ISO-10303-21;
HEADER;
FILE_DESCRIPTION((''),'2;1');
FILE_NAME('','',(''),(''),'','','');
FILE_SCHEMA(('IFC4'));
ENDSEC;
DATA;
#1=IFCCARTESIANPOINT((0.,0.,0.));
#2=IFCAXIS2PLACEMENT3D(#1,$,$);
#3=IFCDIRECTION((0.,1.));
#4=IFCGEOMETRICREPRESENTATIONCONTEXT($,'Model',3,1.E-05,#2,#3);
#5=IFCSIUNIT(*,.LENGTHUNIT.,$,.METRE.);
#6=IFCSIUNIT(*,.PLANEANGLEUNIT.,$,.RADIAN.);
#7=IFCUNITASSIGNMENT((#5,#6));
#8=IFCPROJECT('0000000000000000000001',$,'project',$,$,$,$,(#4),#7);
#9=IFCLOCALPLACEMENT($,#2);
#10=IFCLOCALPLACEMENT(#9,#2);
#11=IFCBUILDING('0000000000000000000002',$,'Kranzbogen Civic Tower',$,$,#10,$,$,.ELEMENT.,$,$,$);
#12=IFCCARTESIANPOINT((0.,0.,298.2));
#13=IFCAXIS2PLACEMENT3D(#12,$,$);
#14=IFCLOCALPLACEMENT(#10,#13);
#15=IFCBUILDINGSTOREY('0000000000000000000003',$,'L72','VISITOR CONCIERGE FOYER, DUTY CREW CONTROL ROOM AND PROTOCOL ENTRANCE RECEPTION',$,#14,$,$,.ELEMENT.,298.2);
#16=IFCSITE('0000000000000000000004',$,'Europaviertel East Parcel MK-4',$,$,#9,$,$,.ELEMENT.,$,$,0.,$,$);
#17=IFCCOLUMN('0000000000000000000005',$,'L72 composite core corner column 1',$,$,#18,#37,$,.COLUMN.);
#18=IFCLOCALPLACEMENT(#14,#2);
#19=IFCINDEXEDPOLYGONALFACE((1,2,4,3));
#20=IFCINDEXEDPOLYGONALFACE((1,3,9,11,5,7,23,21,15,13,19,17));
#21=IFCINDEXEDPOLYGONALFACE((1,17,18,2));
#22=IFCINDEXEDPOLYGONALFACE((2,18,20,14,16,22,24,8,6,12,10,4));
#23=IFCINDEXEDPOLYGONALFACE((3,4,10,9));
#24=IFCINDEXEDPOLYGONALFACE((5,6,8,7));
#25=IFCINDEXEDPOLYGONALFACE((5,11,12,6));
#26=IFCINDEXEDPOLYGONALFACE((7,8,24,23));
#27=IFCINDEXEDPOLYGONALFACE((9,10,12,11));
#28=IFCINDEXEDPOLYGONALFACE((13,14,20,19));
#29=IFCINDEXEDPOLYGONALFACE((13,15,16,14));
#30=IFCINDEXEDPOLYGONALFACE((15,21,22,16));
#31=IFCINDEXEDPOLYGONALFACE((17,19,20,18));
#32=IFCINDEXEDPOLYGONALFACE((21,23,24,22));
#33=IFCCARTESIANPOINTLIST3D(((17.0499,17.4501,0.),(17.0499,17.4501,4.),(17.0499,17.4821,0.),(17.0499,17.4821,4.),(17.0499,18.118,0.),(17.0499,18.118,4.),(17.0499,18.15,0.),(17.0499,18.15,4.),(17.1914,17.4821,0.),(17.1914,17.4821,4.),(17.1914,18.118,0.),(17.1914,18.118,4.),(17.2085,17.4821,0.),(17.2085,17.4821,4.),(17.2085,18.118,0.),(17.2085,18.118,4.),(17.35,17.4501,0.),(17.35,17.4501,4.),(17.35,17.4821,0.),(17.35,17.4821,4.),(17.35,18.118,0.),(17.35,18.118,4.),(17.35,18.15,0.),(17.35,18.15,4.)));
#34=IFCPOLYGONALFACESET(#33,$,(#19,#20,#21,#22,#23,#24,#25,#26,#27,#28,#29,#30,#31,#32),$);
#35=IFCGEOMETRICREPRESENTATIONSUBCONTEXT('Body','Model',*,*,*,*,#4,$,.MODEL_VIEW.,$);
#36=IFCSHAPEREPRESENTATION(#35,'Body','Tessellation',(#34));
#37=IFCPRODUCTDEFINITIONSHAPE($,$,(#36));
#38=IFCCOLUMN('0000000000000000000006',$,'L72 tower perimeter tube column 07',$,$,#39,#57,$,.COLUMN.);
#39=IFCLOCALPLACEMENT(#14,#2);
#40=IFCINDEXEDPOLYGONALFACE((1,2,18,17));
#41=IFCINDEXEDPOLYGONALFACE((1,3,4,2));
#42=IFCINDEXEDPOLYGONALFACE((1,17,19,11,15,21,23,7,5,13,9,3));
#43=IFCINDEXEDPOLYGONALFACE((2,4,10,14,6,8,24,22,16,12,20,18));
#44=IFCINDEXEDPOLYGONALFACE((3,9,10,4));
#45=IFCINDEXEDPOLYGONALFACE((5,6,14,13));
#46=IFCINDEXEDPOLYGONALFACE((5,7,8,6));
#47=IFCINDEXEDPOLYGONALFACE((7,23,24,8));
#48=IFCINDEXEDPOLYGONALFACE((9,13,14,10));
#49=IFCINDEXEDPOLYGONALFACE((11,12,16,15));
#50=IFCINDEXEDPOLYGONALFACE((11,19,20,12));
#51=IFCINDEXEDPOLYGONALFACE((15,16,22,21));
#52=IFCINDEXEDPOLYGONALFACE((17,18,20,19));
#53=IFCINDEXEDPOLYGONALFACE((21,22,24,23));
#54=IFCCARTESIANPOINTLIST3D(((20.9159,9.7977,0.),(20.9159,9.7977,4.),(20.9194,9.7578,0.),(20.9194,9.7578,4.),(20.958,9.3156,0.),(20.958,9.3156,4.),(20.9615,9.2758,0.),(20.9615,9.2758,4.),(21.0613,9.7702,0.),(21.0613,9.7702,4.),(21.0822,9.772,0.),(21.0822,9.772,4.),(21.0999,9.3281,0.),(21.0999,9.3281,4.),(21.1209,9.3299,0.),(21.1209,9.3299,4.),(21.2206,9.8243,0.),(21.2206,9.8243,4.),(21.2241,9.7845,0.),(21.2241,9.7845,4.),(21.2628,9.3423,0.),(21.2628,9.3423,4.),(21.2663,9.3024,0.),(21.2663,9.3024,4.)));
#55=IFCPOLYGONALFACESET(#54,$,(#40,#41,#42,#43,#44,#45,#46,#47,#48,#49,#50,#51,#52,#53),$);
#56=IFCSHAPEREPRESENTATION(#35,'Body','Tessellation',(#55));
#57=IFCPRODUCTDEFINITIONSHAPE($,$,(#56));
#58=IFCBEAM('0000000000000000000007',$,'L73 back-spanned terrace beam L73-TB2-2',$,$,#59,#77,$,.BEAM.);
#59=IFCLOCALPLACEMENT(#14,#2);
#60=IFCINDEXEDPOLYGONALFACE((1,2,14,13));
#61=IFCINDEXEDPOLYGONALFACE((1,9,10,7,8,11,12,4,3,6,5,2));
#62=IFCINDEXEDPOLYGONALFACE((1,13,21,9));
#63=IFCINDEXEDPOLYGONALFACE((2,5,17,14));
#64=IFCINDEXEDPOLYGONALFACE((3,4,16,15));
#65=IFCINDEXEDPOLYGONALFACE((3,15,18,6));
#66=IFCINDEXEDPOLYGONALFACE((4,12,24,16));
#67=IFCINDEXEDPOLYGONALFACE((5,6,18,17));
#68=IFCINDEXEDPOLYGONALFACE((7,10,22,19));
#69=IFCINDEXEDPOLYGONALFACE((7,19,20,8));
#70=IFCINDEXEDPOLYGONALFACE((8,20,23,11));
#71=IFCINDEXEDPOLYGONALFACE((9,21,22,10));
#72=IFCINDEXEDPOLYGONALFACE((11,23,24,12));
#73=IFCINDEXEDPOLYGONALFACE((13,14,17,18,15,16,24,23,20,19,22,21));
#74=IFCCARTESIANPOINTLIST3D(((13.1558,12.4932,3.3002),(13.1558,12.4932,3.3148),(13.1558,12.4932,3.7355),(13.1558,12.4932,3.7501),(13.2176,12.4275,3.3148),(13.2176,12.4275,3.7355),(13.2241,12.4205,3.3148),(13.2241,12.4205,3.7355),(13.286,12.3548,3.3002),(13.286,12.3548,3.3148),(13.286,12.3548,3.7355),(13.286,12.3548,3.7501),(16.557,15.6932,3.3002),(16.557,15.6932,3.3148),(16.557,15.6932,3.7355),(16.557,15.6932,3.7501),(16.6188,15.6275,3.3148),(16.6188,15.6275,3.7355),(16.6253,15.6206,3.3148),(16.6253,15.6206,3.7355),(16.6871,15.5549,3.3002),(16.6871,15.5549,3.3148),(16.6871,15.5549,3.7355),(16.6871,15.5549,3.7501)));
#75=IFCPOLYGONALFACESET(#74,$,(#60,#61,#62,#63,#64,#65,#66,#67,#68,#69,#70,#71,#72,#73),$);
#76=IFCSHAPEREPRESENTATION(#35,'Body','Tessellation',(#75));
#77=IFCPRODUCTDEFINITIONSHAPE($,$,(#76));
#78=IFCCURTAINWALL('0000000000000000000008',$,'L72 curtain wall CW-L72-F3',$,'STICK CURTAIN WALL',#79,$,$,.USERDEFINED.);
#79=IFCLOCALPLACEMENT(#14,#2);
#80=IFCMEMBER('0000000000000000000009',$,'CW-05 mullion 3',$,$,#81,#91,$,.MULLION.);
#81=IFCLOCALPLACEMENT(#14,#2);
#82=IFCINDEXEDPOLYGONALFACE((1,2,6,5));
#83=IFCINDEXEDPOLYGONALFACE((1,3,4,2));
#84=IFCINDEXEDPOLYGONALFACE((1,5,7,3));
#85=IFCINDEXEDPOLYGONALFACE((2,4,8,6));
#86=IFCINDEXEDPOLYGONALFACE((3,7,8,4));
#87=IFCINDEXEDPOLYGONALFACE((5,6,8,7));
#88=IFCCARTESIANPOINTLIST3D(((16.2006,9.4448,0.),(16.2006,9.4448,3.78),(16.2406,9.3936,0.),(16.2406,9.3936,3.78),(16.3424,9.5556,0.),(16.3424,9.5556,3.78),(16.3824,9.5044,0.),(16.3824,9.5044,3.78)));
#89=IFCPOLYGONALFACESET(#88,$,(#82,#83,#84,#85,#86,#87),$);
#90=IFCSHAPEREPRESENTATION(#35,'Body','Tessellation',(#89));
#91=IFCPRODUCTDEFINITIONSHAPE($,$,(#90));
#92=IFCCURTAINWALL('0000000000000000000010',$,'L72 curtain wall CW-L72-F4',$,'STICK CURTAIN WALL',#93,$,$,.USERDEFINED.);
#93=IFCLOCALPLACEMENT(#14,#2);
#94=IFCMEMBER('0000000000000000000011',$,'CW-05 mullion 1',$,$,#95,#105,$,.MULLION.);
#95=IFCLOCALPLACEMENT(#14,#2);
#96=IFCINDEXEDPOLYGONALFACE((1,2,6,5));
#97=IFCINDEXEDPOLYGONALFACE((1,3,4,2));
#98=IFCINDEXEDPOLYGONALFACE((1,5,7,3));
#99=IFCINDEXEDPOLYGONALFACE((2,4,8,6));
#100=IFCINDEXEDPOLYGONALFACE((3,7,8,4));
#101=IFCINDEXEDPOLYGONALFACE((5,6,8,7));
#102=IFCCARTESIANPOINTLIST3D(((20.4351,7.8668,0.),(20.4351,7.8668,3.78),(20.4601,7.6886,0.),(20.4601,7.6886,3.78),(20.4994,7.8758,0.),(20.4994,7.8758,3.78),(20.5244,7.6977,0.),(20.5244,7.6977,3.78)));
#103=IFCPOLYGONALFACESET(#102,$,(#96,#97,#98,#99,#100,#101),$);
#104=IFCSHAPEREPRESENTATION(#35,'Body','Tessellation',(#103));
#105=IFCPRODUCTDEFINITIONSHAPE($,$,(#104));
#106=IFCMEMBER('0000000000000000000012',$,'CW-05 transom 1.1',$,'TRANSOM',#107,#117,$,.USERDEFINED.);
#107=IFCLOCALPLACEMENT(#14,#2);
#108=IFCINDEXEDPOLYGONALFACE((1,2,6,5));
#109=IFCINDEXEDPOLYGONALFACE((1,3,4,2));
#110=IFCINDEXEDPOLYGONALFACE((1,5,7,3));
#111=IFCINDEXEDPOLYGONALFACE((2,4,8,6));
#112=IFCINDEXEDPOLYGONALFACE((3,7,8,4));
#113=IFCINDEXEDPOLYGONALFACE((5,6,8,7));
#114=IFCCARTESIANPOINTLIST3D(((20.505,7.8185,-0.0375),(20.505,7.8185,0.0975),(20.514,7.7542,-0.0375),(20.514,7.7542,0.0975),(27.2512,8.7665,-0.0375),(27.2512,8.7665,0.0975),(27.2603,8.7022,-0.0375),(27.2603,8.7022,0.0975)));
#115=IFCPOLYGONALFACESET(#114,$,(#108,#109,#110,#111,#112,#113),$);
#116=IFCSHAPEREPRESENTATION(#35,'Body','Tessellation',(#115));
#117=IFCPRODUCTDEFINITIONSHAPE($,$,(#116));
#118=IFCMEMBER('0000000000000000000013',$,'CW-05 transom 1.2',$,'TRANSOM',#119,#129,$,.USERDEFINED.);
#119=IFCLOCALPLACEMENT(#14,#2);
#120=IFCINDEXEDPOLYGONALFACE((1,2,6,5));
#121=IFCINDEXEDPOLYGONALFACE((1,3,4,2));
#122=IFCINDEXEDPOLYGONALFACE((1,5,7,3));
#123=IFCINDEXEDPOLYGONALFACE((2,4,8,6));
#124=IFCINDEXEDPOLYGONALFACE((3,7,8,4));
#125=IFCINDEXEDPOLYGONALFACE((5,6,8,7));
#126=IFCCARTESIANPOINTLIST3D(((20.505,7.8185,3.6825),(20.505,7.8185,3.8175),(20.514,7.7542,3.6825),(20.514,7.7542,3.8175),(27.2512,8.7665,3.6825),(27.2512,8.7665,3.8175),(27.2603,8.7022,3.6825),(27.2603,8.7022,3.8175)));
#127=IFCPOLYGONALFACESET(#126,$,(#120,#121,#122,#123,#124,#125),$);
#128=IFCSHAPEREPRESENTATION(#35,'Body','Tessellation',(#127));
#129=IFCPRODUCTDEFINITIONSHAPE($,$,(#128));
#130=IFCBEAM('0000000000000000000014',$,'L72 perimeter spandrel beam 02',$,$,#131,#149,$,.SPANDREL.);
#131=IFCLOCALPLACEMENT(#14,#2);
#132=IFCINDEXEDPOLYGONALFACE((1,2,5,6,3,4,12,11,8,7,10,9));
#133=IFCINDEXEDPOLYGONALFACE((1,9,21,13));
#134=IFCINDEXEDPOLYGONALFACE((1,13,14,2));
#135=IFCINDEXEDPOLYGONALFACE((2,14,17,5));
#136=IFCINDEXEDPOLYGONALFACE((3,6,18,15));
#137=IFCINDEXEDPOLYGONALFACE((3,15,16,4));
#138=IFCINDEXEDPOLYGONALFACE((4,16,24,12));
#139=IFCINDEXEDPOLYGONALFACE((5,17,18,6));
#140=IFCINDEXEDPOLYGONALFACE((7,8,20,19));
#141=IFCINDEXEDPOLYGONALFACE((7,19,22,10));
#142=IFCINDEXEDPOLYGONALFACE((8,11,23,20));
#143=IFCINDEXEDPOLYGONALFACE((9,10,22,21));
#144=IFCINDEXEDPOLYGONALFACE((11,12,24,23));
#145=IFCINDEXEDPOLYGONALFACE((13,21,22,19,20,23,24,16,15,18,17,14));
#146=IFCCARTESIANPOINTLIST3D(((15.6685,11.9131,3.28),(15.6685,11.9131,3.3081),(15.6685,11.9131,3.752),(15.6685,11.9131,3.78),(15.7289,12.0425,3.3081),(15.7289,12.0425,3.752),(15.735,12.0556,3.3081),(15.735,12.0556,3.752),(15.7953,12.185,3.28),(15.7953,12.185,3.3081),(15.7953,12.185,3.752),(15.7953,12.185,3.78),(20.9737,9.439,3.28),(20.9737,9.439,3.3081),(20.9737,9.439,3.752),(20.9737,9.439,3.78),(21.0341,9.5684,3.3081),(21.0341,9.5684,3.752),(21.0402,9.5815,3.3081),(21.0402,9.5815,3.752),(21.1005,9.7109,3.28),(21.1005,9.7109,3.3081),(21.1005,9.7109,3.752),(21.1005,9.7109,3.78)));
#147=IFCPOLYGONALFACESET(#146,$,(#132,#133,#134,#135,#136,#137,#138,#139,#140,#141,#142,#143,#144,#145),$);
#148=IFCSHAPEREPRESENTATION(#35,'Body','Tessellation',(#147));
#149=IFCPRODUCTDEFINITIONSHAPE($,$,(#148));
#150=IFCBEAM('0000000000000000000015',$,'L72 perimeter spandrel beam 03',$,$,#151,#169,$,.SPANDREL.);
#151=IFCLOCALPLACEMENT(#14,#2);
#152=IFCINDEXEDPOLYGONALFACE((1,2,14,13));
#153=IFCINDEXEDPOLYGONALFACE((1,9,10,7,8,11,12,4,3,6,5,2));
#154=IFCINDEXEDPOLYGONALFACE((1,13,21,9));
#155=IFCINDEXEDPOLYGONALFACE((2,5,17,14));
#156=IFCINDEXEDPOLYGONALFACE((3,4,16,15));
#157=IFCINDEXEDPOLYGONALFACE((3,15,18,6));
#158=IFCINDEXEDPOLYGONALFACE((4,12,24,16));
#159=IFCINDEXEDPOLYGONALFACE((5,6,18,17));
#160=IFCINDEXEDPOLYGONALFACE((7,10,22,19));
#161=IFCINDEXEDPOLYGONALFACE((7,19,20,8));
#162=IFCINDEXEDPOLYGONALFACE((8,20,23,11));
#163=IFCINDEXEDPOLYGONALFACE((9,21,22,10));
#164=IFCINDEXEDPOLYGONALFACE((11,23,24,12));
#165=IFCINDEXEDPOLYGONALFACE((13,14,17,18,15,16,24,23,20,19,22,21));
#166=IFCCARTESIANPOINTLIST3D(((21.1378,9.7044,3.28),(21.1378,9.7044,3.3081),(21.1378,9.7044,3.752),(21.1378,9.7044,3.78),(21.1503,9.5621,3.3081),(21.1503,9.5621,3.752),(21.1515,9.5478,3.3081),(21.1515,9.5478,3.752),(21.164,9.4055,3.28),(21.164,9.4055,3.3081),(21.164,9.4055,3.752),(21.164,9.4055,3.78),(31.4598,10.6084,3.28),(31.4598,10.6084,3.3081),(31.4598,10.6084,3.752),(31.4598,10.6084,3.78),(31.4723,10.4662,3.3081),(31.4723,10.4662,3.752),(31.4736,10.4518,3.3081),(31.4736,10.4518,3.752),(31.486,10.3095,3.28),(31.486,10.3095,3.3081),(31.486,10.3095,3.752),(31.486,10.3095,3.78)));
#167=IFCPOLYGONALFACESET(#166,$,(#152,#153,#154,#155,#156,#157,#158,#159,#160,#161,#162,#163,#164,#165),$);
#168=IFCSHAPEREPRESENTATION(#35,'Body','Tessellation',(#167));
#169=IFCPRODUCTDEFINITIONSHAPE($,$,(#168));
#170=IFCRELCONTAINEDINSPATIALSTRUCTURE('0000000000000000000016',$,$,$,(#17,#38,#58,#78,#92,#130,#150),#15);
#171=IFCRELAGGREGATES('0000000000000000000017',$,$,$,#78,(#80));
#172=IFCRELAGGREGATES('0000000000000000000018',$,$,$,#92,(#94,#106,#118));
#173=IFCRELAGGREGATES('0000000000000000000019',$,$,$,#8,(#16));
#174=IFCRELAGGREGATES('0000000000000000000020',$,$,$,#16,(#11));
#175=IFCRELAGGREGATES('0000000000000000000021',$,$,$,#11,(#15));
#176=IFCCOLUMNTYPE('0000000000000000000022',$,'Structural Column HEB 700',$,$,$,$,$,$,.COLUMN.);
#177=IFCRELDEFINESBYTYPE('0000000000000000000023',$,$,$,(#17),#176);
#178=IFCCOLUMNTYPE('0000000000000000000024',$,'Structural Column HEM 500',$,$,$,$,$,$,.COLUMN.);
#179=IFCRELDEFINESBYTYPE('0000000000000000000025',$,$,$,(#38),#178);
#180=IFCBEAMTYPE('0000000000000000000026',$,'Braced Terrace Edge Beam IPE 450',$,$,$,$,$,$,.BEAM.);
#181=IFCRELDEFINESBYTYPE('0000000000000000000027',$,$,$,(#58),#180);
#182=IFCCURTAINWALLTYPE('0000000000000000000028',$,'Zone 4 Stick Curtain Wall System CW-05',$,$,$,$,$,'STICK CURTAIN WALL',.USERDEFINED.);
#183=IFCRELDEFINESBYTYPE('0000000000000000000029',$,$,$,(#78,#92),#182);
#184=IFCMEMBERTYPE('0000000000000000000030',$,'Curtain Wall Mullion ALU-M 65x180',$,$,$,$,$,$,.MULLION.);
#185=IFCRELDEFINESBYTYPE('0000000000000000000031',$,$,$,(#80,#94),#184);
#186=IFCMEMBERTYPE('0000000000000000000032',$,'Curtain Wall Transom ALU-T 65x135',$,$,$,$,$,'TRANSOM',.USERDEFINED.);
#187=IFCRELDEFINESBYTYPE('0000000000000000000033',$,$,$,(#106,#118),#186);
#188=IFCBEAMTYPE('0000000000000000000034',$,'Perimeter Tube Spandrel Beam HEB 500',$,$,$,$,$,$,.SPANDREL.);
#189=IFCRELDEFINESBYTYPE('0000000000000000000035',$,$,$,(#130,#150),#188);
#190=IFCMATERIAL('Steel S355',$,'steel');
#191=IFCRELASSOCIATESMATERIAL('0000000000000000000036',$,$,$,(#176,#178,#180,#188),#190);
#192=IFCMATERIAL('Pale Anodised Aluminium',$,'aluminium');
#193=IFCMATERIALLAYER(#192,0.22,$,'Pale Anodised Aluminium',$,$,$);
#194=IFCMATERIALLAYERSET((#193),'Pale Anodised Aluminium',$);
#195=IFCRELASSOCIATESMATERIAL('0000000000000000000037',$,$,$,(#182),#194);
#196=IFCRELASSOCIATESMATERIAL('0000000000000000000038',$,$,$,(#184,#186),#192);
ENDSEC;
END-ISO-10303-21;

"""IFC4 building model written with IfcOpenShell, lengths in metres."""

from ifc_helpers import new_model, si_unit, direction, frame, origin, origin_2d, place, context, subcontext, project, spatial, rectangle, i_section, extrude, material, layer, layer_set, material_profile, profile_set, type_object, element, aggregate, save


model = new_model("IFC4")

# Units and contexts
model_context = context("Model", 3, precision=1e-05, world=origin(), true_north=direction((0.0, 1.0)))
body_context = subcontext(model_context, "Body", "Model", "MODEL_VIEW")
ifc_project = project(units=[si_unit("LENGTHUNIT", "METRE"), si_unit("PLANEANGLEUNIT", "RADIAN")], contexts=[model_context])

# Site, building, storey
site_placement = place(None, origin())
site = spatial("IfcSite", under=ifc_project, at=site_placement, Name="Europaviertel East Parcel MK-4", CompositionType="ELEMENT", RefElevation=0.0)
building_placement = place(site_placement, origin())
building = spatial("IfcBuilding", under=site, at=building_placement, Name="Kranzbogen Civic Tower", CompositionType="ELEMENT")
storey_placement = place(building_placement, frame((0.0, 0.0, 298.2)))
storey = spatial("IfcBuildingStorey", under=building, at=storey_placement, Name="L72", Description="VISITOR CONCIERGE FOYER, DUTY CREW CONTROL ROOM AND PROTOCOL ENTRANCE RECEPTION", CompositionType="ELEMENT", Elevation=298.2)

# Columns
ifc_material_1 = material(Name="Steel S355", Category="steel")
ifc_material_profile_1 = material_profile(ifc_material_1, i_section(OverallWidth=0.3, OverallDepth=0.7, WebThickness=0.0171, FlangeThickness=0.032, at=origin_2d()), Name="HEB 700")
ifc_profile_set_1 = profile_set([ifc_material_profile_1], Name="Steel S355")
column_type_1 = type_object("IfcColumnType", Name="Structural Column HEB 700", PredefinedType="COLUMN", material=ifc_profile_set_1)
column_1_placement = place(storey_placement, frame((17.2, 17.8, 0.0), z_axis=(0.0, 0.0, 1.0), x_axis=(1.0, 0.0, 0.0)))
element("IfcColumn", 1, at=column_1_placement, inside=storey, type_object=column_type_1, Name="L72 composite core corner column 1", PredefinedType="COLUMN", context=body_context, shape_type="SweptSolid", body=[
    extrude(i_section(OverallWidth=0.3, OverallDepth=0.7, WebThickness=0.0171, FlangeThickness=0.032, at=origin_2d()), origin(), (0.0, 0.0, 1.0), 4.0),
])
ifc_material_profile_2 = material_profile(ifc_material_1, i_section(OverallWidth=0.3059, OverallDepth=0.5239, WebThickness=0.021, FlangeThickness=0.04, at=origin_2d()), Name="HEM 500")
ifc_profile_set_2 = profile_set([ifc_material_profile_2], Name="Steel S355")
column_type_2 = type_object("IfcColumnType", Name="Structural Column HEM 500", PredefinedType="COLUMN", material=ifc_profile_set_2)
column_2_placement = place(storey_placement, frame((21.0911, 9.55, 0.0), z_axis=(0.0, 0.0, 1.0), x_axis=(0.996195, 0.087156, 0.0)))
element("IfcColumn", 2, at=column_2_placement, inside=storey, type_object=column_type_2, Name="L72 tower perimeter tube column 07", PredefinedType="COLUMN", context=body_context, shape_type="SweptSolid", body=[
    extrude(i_section(OverallWidth=0.3059, OverallDepth=0.5239, WebThickness=0.021, FlangeThickness=0.04, at=origin_2d()), origin(), (0.0, 0.0, 1.0), 4.0),
])

# Beam
ifc_material_profile_3 = material_profile(ifc_material_1, i_section(OverallWidth=0.1899, OverallDepth=0.45, WebThickness=0.0095, FlangeThickness=0.0146, at=origin_2d()), Name="IPE 450")
ifc_profile_set_3 = profile_set([ifc_material_profile_3], Name="Steel S355")
beam_type_1 = type_object("IfcBeamType", Name="Braced Terrace Edge Beam IPE 450", PredefinedType="BEAM", material=ifc_profile_set_3)
beam_1_placement = place(storey_placement, frame((16.6221, 15.624, 3.5251), z_axis=(-0.728318, -0.685239, 0.0), x_axis=(0.685239, -0.728318, 0.0)))
element("IfcBeam", 3, at=beam_1_placement, inside=storey, type_object=beam_type_1, Name="L73 back-spanned terrace beam L73-TB2-2", PredefinedType="BEAM", context=body_context, shape_type="SweptSolid", body=[
    extrude(i_section(OverallWidth=0.1899, OverallDepth=0.45, WebThickness=0.0095, FlangeThickness=0.0146, at=origin_2d()), origin(), (0.0, 0.0, 1.0), 4.6699),
])

# Curtain wall, member
ifc_material_2 = material(Name="Pale Anodised Aluminium", Category="aluminium")
ifc_layer_1 = layer(ifc_material_2, 0.22, Name="Pale Anodised Aluminium")
ifc_layer_set_1 = layer_set([ifc_layer_1], Name="Pale Anodised Aluminium")
curtain_wall_type = type_object("IfcCurtainWallType", Name="Zone 4 Stick Curtain Wall System CW-05", ElementType="STICK CURTAIN WALL", PredefinedType="USERDEFINED", material=ifc_layer_set_1)
curtain_wall_1_placement = place(storey_placement, origin())
curtain_wall_1 = element("IfcCurtainWall", 4, at=curtain_wall_1_placement, inside=storey, type_object=curtain_wall_type, Name="L72 curtain wall CW-L72-F3", ObjectType="STICK CURTAIN WALL", PredefinedType="USERDEFINED")
ifc_material_profile_4 = material_profile(ifc_material_2, rectangle(XDim=0.0649, YDim=0.1799, at=origin_2d()), Name="ALU-M 65x180")
ifc_profile_set_4 = profile_set([ifc_material_profile_4], Name="Pale Anodised Aluminium")
member_type_1 = type_object("IfcMemberType", Name="Curtain Wall Mullion ALU-M 65x180", PredefinedType="MULLION", material=ifc_profile_set_4)
member_1_placement = place(storey_placement, frame((16.2915, 9.4746, 0.0), z_axis=(0.0, 0.0, 1.0), x_axis=(0.615679, -0.787997, 0.0)))
member_1 = element("IfcMember", 5, at=member_1_placement, type_object=member_type_1, Name="CW-05 mullion 3", PredefinedType="MULLION", context=body_context, shape_type="SweptSolid", body=[
    extrude(rectangle(XDim=0.0649, YDim=0.1799, at=origin_2d()), origin(), (0.0, 0.0, 1.0), 3.78),
])
aggregate(curtain_wall_1, [member_1])

# Curtain wall, members
curtain_wall_2_placement = place(storey_placement, origin())
curtain_wall_2 = element("IfcCurtainWall", 6, at=curtain_wall_2_placement, inside=storey, type_object=curtain_wall_type, Name="L72 curtain wall CW-L72-F4", ObjectType="STICK CURTAIN WALL", PredefinedType="USERDEFINED")
member_2_placement = place(storey_placement, frame((20.4797, 7.7822, 0.0), z_axis=(0.0, 0.0, 1.0), x_axis=(0.990271, 0.139149, 0.0)))
member_2 = element("IfcMember", 7, at=member_2_placement, type_object=member_type_1, Name="CW-05 mullion 1", PredefinedType="MULLION", context=body_context, shape_type="SweptSolid", body=[
    extrude(rectangle(XDim=0.0649, YDim=0.1799, at=origin_2d()), origin(), (0.0, 0.0, 1.0), 3.78),
])
ifc_material_profile_5 = material_profile(ifc_material_2, rectangle(XDim=0.0649, YDim=0.135, at=origin_2d()), Name="ALU-T 65x135")
ifc_profile_set_5 = profile_set([ifc_material_profile_5], Name="Pale Anodised Aluminium")
member_type_2 = type_object("IfcMemberType", Name="Curtain Wall Transom ALU-T 65x135", ElementType="TRANSOM", PredefinedType="USERDEFINED", material=ifc_profile_set_5)
member_3_placement = place(storey_placement, frame((20.5095, 7.7864, 0.03), z_axis=(0.990271, 0.139153, 0.0), x_axis=(-0.139153, 0.990271, 0.0)))
member_3 = element("IfcMember", 8, at=member_3_placement, type_object=member_type_2, Name="CW-05 transom 1.1", ObjectType="TRANSOM", PredefinedType="USERDEFINED", context=body_context, shape_type="SweptSolid", body=[
    extrude(rectangle(XDim=0.0649, YDim=0.135, at=origin_2d()), origin(), (0.0, 0.0, 1.0), 6.8125),
])
member_4_placement = place(storey_placement, frame((20.5095, 7.7864, 3.75), z_axis=(0.990271, 0.139153, 0.0), x_axis=(-0.139153, 0.990271, 0.0)))
member_4 = element("IfcMember", 9, at=member_4_placement, type_object=member_type_2, Name="CW-05 transom 1.2", ObjectType="TRANSOM", PredefinedType="USERDEFINED", context=body_context, shape_type="SweptSolid", body=[
    extrude(rectangle(XDim=0.0649, YDim=0.135, at=origin_2d()), origin(), (0.0, 0.0, 1.0), 6.8125),
])

# Beams
ifc_material_profile_6 = material_profile(ifc_material_1, i_section(OverallWidth=0.3, OverallDepth=0.5, WebThickness=0.0144, FlangeThickness=0.0281, at=origin_2d()), Name="HEB 500")
ifc_profile_set_6 = profile_set([ifc_material_profile_6], Name="Steel S355")
beam_type_2 = type_object("IfcBeamType", Name="Perimeter Tube Spandrel Beam HEB 500", PredefinedType="SPANDREL", material=ifc_profile_set_6)
beam_2_placement = place(storey_placement, frame((15.7319, 12.0491, 3.53), z_axis=(0.90629, -0.422657, 0.0), x_axis=(0.422657, 0.90629, 0.0)))
element("IfcBeam", 10, at=beam_2_placement, inside=storey, type_object=beam_type_2, Name="L72 perimeter spandrel beam 02", PredefinedType="SPANDREL", context=body_context, shape_type="SweptSolid", body=[
    extrude(i_section(OverallWidth=0.3, OverallDepth=0.5, WebThickness=0.0144, FlangeThickness=0.0281, at=origin_2d()), origin(), (0.0, 0.0, 1.0), 5.8538),
])
beam_3_placement = place(storey_placement, frame((21.1509, 9.5549, 3.53), z_axis=(0.996186, 0.087251, 0.0), x_axis=(-0.087251, 0.996186, 0.0)))
element("IfcBeam", 11, at=beam_3_placement, inside=storey, type_object=beam_type_2, Name="L72 perimeter spandrel beam 03", PredefinedType="SPANDREL", context=body_context, shape_type="SweptSolid", body=[
    extrude(i_section(OverallWidth=0.3, OverallDepth=0.5, WebThickness=0.0144, FlangeThickness=0.0281, at=origin_2d()), origin(), (0.0, 0.0, 1.0), 10.3616),
])

aggregate(curtain_wall_2, [member_2, member_3, member_4])

save(model, "model.ifc")
